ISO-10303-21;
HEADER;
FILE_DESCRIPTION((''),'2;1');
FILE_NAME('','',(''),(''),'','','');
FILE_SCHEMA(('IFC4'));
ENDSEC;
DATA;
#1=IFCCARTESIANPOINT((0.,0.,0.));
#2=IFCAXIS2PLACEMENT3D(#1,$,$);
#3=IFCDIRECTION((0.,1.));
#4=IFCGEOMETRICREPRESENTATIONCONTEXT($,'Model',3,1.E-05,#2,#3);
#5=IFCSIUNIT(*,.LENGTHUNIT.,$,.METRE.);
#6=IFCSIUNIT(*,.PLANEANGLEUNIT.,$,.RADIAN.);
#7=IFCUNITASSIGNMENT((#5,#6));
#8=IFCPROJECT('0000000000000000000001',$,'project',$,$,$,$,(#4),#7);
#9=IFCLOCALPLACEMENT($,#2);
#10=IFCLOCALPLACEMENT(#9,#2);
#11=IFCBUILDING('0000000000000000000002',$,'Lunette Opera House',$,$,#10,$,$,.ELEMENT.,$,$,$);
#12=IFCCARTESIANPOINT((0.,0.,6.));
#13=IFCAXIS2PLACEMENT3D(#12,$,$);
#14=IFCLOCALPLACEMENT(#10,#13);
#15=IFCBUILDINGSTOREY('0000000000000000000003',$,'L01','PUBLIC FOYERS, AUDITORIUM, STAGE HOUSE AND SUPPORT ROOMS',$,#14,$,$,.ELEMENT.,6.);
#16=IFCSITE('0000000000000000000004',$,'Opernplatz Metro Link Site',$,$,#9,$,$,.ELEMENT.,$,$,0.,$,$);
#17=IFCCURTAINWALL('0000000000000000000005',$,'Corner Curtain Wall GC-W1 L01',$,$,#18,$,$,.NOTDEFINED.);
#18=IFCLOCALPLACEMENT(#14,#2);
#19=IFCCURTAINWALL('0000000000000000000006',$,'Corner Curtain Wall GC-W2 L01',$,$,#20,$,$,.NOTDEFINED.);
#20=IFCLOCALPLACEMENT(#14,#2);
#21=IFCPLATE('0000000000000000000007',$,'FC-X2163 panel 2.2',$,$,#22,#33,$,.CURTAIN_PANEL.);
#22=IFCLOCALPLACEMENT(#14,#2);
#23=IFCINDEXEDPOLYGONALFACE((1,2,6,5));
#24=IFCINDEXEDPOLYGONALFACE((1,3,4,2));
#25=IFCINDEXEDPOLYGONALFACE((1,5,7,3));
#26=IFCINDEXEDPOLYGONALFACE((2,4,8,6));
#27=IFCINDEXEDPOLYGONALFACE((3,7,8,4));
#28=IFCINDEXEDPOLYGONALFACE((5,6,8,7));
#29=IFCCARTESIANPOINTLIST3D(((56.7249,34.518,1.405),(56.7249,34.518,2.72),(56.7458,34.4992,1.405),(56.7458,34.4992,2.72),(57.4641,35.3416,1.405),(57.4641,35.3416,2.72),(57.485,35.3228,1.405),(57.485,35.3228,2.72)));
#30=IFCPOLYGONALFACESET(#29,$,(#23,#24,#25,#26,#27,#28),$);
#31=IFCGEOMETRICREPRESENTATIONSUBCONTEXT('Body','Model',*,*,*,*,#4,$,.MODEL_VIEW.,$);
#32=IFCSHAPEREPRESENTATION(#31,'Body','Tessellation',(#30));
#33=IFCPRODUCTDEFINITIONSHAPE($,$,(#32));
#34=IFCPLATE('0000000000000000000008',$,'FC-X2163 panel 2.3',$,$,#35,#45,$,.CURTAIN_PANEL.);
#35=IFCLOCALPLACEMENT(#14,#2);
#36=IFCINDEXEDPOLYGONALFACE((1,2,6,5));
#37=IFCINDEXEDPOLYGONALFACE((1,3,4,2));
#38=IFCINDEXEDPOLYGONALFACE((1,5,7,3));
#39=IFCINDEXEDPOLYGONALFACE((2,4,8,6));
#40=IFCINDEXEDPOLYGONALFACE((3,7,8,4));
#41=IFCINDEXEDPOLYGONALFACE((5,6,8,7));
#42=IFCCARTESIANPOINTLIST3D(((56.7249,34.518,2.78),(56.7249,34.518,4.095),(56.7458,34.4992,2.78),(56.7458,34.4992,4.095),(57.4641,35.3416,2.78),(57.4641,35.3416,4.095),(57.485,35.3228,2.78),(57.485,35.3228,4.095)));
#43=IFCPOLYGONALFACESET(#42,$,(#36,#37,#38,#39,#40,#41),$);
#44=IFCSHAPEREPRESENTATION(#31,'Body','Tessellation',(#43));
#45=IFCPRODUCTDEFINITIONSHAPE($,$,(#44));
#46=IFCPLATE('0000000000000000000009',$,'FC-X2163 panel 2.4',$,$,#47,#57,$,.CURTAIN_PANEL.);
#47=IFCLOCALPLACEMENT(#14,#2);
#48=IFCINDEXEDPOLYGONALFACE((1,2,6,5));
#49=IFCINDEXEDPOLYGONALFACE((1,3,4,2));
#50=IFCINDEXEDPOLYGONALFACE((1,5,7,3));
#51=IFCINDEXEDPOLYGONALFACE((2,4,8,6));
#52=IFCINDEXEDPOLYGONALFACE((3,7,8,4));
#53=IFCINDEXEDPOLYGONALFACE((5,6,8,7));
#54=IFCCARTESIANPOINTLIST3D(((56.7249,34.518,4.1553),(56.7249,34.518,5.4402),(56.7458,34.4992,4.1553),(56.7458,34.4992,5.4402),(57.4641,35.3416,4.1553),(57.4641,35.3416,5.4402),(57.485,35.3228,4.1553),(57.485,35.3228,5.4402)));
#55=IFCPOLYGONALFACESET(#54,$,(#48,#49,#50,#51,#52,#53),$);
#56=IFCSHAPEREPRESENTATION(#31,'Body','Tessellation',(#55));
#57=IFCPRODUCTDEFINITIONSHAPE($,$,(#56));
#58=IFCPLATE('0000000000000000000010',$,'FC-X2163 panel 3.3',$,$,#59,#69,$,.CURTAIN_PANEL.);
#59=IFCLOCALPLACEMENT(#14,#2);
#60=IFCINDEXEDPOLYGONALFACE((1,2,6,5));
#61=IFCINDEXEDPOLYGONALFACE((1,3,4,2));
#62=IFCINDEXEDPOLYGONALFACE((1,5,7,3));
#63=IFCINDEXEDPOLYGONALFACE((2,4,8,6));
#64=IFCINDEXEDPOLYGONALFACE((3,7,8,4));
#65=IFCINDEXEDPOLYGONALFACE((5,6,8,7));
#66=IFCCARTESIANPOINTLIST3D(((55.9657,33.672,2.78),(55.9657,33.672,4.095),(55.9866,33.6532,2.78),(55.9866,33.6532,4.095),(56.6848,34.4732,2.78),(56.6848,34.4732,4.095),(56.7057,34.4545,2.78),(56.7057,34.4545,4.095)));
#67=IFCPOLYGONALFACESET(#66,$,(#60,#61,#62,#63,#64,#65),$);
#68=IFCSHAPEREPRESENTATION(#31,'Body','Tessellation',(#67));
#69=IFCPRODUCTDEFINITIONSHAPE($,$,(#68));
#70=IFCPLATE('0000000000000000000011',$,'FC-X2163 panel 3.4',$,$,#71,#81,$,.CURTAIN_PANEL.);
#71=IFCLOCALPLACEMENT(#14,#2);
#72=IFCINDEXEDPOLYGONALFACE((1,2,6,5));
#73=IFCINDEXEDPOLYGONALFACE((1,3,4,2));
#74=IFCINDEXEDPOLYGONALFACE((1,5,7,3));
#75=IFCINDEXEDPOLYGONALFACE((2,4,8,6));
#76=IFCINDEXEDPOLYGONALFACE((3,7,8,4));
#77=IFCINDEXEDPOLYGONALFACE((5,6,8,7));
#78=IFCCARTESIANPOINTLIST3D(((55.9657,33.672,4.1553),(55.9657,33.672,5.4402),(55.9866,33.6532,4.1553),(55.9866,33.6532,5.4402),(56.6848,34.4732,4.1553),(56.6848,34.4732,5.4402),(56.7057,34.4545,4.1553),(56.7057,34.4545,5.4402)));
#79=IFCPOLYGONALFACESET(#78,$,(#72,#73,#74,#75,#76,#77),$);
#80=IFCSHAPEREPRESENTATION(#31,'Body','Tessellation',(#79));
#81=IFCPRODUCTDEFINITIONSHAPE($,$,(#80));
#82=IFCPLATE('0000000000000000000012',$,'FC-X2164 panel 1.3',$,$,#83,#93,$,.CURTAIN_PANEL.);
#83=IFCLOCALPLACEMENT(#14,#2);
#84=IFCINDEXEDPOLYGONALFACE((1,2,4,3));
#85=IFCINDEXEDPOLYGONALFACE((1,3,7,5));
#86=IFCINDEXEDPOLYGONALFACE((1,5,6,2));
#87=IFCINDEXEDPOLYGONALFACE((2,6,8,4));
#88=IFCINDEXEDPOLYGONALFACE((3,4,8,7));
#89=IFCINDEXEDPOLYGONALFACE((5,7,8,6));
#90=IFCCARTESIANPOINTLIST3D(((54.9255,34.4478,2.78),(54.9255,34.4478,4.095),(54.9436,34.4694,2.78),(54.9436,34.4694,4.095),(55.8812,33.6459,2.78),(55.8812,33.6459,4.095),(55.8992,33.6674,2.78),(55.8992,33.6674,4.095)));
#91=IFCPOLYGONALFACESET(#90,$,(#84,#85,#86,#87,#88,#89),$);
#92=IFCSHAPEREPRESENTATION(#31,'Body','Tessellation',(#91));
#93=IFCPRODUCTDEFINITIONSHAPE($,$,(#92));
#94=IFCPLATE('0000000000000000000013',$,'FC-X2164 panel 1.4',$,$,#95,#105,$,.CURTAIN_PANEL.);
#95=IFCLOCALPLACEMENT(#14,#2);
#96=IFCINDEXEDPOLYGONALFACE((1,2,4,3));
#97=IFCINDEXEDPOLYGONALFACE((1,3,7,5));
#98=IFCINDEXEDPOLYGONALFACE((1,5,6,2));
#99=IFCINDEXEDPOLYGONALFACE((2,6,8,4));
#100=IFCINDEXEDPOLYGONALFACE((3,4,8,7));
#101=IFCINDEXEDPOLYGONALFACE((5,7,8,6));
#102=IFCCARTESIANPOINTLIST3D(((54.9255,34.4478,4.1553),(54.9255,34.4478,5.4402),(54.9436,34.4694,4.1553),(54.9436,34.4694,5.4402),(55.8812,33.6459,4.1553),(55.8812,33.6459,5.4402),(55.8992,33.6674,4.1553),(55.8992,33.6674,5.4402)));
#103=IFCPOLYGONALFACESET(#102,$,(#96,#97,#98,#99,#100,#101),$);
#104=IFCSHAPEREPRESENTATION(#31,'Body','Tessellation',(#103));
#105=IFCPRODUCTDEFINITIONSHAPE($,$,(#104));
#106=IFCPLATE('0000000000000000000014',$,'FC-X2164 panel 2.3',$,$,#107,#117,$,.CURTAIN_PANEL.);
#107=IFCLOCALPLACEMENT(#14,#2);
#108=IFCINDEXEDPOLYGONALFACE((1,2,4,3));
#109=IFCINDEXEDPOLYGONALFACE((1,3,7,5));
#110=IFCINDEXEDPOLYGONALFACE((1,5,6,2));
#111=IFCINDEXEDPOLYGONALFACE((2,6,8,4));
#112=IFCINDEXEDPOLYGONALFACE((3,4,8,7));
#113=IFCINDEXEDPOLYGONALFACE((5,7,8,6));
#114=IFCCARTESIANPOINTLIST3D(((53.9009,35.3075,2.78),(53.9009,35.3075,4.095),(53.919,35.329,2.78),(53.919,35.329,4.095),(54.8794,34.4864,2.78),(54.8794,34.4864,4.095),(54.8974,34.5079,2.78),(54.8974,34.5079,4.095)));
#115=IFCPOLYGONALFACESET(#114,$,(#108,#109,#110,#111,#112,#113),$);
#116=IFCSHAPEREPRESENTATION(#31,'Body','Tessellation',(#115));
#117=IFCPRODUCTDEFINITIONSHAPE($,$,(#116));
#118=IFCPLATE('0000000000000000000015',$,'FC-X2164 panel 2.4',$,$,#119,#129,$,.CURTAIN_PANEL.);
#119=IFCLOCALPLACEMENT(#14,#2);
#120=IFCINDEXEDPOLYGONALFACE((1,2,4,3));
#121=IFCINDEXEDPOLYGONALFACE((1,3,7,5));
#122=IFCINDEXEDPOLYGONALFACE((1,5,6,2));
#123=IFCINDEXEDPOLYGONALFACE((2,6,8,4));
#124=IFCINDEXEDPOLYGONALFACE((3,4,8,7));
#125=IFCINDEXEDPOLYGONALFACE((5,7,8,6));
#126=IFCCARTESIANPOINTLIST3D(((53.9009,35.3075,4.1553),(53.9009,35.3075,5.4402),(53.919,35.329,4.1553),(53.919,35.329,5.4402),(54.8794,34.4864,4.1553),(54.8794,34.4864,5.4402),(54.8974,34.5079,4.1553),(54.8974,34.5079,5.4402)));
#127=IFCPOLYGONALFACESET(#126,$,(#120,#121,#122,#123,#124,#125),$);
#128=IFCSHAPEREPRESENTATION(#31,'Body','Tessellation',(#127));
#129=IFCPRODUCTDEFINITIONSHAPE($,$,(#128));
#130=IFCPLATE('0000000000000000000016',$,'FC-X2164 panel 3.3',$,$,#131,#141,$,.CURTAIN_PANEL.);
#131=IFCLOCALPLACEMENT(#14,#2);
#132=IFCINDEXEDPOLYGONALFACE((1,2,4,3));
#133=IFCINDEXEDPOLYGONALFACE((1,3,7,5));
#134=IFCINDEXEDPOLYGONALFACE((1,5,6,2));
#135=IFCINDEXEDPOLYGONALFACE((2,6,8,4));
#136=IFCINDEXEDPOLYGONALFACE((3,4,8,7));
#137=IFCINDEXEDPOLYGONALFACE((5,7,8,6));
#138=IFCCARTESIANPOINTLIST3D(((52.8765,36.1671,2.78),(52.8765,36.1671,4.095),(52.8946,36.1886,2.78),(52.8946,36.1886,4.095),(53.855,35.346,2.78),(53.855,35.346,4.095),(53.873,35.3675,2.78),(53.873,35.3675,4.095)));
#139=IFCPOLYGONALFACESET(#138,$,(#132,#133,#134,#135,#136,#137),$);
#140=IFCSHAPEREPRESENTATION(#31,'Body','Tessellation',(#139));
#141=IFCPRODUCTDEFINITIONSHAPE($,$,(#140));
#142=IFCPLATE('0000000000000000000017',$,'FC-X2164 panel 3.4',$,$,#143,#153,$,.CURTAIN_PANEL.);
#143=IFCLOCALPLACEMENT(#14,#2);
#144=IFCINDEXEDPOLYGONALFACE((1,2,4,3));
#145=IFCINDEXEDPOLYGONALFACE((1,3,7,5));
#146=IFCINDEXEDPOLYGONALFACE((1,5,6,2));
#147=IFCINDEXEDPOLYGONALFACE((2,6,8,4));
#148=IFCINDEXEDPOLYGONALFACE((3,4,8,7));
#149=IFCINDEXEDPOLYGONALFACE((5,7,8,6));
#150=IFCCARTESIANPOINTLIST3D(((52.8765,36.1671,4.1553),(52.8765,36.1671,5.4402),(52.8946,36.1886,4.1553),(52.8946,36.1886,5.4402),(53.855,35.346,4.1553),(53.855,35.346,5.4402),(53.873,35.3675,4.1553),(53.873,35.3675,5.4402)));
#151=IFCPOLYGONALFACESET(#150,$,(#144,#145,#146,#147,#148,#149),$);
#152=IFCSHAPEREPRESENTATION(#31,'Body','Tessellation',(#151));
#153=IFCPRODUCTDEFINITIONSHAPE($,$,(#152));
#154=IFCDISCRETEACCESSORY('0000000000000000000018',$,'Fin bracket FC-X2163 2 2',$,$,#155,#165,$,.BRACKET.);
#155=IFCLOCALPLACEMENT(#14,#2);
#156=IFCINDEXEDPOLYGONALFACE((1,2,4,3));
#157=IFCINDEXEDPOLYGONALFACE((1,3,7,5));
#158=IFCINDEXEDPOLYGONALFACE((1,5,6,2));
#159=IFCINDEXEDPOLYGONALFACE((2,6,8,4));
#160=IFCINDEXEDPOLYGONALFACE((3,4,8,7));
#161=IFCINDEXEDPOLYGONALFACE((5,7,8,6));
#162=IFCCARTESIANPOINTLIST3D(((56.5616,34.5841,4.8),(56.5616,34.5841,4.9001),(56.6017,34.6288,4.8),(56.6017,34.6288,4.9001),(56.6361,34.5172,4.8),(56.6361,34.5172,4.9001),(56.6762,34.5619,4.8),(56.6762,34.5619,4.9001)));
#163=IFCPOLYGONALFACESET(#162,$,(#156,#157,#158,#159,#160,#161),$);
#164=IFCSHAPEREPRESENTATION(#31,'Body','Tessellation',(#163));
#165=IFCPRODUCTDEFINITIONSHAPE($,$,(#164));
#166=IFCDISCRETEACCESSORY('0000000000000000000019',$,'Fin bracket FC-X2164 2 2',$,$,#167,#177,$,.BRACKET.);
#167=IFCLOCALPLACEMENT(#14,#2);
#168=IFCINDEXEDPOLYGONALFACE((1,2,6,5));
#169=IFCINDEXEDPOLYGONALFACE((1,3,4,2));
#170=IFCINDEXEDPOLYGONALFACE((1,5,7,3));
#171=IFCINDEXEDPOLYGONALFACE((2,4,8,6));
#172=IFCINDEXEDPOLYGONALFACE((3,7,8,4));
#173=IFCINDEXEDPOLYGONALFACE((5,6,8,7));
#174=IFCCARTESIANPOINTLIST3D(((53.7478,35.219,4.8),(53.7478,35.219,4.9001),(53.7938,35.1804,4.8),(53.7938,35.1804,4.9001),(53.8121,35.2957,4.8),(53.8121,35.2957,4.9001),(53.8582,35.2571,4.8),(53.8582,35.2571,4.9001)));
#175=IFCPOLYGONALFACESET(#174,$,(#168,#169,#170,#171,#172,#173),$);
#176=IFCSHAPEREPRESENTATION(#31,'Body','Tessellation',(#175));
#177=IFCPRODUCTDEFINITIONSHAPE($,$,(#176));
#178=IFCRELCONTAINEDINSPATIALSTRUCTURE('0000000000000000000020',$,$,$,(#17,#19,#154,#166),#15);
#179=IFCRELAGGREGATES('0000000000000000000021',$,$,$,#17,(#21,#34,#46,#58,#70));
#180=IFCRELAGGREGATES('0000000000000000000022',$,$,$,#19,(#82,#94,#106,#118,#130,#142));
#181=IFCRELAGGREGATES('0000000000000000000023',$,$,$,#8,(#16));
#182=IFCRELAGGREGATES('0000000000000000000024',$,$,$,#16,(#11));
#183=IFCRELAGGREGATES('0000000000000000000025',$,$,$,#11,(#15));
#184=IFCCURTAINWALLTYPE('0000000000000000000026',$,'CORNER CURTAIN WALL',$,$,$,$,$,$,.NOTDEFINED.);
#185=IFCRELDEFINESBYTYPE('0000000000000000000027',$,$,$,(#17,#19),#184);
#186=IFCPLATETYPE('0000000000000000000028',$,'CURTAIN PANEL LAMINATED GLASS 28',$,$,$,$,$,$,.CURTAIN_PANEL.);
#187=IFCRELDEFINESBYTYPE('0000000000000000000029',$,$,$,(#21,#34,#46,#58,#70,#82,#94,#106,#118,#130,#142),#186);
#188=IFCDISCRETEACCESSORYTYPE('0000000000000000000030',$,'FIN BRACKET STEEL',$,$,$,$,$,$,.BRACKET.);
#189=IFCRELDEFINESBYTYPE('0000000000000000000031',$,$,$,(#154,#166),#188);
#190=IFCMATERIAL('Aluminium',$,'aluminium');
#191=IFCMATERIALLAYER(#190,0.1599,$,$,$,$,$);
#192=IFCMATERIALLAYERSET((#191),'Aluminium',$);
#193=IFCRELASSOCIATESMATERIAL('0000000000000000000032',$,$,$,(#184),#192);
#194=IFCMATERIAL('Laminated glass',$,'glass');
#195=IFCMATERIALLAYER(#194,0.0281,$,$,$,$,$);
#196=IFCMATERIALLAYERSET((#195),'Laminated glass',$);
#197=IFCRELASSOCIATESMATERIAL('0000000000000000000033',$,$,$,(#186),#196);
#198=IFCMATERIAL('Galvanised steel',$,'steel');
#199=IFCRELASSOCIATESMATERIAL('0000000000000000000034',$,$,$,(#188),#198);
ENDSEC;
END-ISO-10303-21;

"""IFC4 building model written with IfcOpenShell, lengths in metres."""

from ifc_helpers import new_model, si_unit, direction, frame, origin, origin_2d, place, context, subcontext, project, spatial, rectangle, extrude, material, layer, layer_set, type_object, element, aggregate, save


model = new_model("IFC4")

# Units and contexts
model_context = context("Model", 3, precision=1e-05, world=origin(), true_north=direction((0.0, 1.0)))
body_context = subcontext(model_context, "Body", "Model", "MODEL_VIEW")
ifc_project = project(units=[si_unit("LENGTHUNIT", "METRE"), si_unit("PLANEANGLEUNIT", "RADIAN")], contexts=[model_context])

# Site, building, storey
site_placement = place(None, origin())
site = spatial("IfcSite", under=ifc_project, at=site_placement, Name="Opernplatz Metro Link Site", CompositionType="ELEMENT", RefElevation=0.0)
building_placement = place(site_placement, origin())
building = spatial("IfcBuilding", under=site, at=building_placement, Name="Lunette Opera House", CompositionType="ELEMENT")
storey_placement = place(building_placement, frame((0.0, 0.0, 6.0)))
storey = spatial("IfcBuildingStorey", under=building, at=storey_placement, Name="L01", Description="PUBLIC FOYERS, AUDITORIUM, STAGE HOUSE AND SUPPORT ROOMS", CompositionType="ELEMENT", Elevation=6.0)

# Curtain walls
ifc_material_1 = material(Name="Aluminium", Category="aluminium")
ifc_layer_1 = layer(ifc_material_1, 0.1599)
ifc_layer_set_1 = layer_set([ifc_layer_1], Name="Aluminium")
curtain_wall_type = type_object("IfcCurtainWallType", Name="CORNER CURTAIN WALL", PredefinedType="NOTDEFINED", material=ifc_layer_set_1)
curtain_wall_1_placement = place(storey_placement, origin())
curtain_wall_1 = element("IfcCurtainWall", 1, at=curtain_wall_1_placement, inside=storey, type_object=curtain_wall_type, Name="Corner Curtain Wall GC-W1 L01", PredefinedType="NOTDEFINED")
curtain_wall_2_placement = place(storey_placement, origin())
curtain_wall_2 = element("IfcCurtainWall", 2, at=curtain_wall_2_placement, inside=storey, type_object=curtain_wall_type, Name="Corner Curtain Wall GC-W2 L01", PredefinedType="NOTDEFINED")

# Plates
ifc_material_2 = material(Name="Laminated glass", Category="glass")
ifc_layer_2 = layer(ifc_material_2, 0.0281)
ifc_layer_set_2 = layer_set([ifc_layer_2], Name="Laminated glass")
plate_type = type_object("IfcPlateType", Name="CURTAIN PANEL LAMINATED GLASS 28", PredefinedType="CURTAIN_PANEL", material=ifc_layer_set_2)
plate_1_placement = place(storey_placement, frame((57.105, 34.9204, 1.405), z_axis=(0.0, 0.0, 1.0), x_axis=(-0.667938, -0.744217, 0.0)))
plate_1 = element("IfcPlate", 3, at=plate_1_placement, type_object=plate_type, Name="FC-X2163 panel 2.2", PredefinedType="CURTAIN_PANEL", context=body_context, shape_type="SweptSolid", body=[
    extrude(rectangle(XDim=1.1067, YDim=0.0281, at=origin_2d()), origin(), (0.0, 0.0, 1.0), 1.3149),
])
plate_2_placement = place(storey_placement, frame((57.105, 34.9204, 2.78), z_axis=(0.0, 0.0, 1.0), x_axis=(-0.667938, -0.744217, 0.0)))
plate_2 = element("IfcPlate", 4, at=plate_2_placement, type_object=plate_type, Name="FC-X2163 panel 2.3", PredefinedType="CURTAIN_PANEL", context=body_context, shape_type="SweptSolid", body=[
    extrude(rectangle(XDim=1.1067, YDim=0.0281, at=origin_2d()), origin(), (0.0, 0.0, 1.0), 1.3149),
])
plate_3_placement = place(storey_placement, frame((57.105, 34.9204, 4.1553), z_axis=(0.0, 0.0, 1.0), x_axis=(-0.667938, -0.744217, 0.0)))
plate_3 = element("IfcPlate", 5, at=plate_3_placement, type_object=plate_type, Name="FC-X2163 panel 2.4", PredefinedType="CURTAIN_PANEL", context=body_context, shape_type="SweptSolid", body=[
    extrude(rectangle(XDim=1.1067, YDim=0.0281, at=origin_2d()), origin(), (0.0, 0.0, 1.0), 1.2849),
])
plate_4_placement = place(storey_placement, frame((56.3357, 34.0632, 2.78), z_axis=(0.0, 0.0, 1.0), x_axis=(-0.667938, -0.744217, 0.0)))
plate_4 = element("IfcPlate", 6, at=plate_4_placement, type_object=plate_type, Name="FC-X2163 panel 3.3", PredefinedType="CURTAIN_PANEL", context=body_context, shape_type="SweptSolid", body=[
    extrude(rectangle(XDim=1.0767, YDim=0.0281, at=origin_2d()), origin(), (0.0, 0.0, 1.0), 1.3149),
])
plate_5_placement = place(storey_placement, frame((56.3357, 34.0632, 4.1553), z_axis=(0.0, 0.0, 1.0), x_axis=(-0.667938, -0.744217, 0.0)))
plate_5 = element("IfcPlate", 7, at=plate_5_placement, type_object=plate_type, Name="FC-X2163 panel 3.4", PredefinedType="CURTAIN_PANEL", context=body_context, shape_type="SweptSolid", body=[
    extrude(rectangle(XDim=1.0767, YDim=0.0281, at=origin_2d()), origin(), (0.0, 0.0, 1.0), 1.2849),
])
aggregate(curtain_wall_1, [plate_1, plate_2, plate_3, plate_4, plate_5])
plate_6_placement = place(storey_placement, frame((55.4124, 34.0576, 2.78), z_axis=(0.0, 0.0, 1.0), x_axis=(-0.76601, 0.642828, 0.0)))
plate_6 = element("IfcPlate", 8, at=plate_6_placement, type_object=plate_type, Name="FC-X2164 panel 1.3", PredefinedType="CURTAIN_PANEL", context=body_context, shape_type="SweptSolid", body=[
    extrude(rectangle(XDim=1.2476, YDim=0.0281, at=origin_2d()), origin(), (0.0, 0.0, 1.0), 1.3149),
])
plate_7_placement = place(storey_placement, frame((55.4124, 34.0576, 4.1553), z_axis=(0.0, 0.0, 1.0), x_axis=(-0.76601, 0.642828, 0.0)))
plate_7 = element("IfcPlate", 9, at=plate_7_placement, type_object=plate_type, Name="FC-X2164 panel 1.4", PredefinedType="CURTAIN_PANEL", context=body_context, shape_type="SweptSolid", body=[
    extrude(rectangle(XDim=1.2476, YDim=0.0281, at=origin_2d()), origin(), (0.0, 0.0, 1.0), 1.2849),
])
plate_8_placement = place(storey_placement, frame((54.3992, 34.9077, 2.78), z_axis=(0.0, 0.0, 1.0), x_axis=(-0.76601, 0.642828, 0.0)))
plate_8 = element("IfcPlate", 10, at=plate_8_placement, type_object=plate_type, Name="FC-X2164 panel 2.3", PredefinedType="CURTAIN_PANEL", context=body_context, shape_type="SweptSolid", body=[
    extrude(rectangle(XDim=1.2773, YDim=0.0281, at=origin_2d()), origin(), (0.0, 0.0, 1.0), 1.3149),
])
plate_9_placement = place(storey_placement, frame((54.3992, 34.9077, 4.1553), z_axis=(0.0, 0.0, 1.0), x_axis=(-0.76601, 0.642828, 0.0)))
plate_9 = element("IfcPlate", 11, at=plate_9_placement, type_object=plate_type, Name="FC-X2164 panel 2.4", PredefinedType="CURTAIN_PANEL", context=body_context, shape_type="SweptSolid", body=[
    extrude(rectangle(XDim=1.2773, YDim=0.0281, at=origin_2d()), origin(), (0.0, 0.0, 1.0), 1.2849),
])
plate_10_placement = place(storey_placement, frame((53.3748, 35.7673, 2.78), z_axis=(0.0, 0.0, 1.0), x_axis=(-0.76601, 0.642828, 0.0)))
plate_10 = element("IfcPlate", 12, at=plate_10_placement, type_object=plate_type, Name="FC-X2164 panel 3.3", PredefinedType="CURTAIN_PANEL", context=body_context, shape_type="SweptSolid", body=[
    extrude(rectangle(XDim=1.2773, YDim=0.0281, at=origin_2d()), origin(), (0.0, 0.0, 1.0), 1.3149),
])
plate_11_placement = place(storey_placement, frame((53.3748, 35.7673, 4.1553), z_axis=(0.0, 0.0, 1.0), x_axis=(-0.76601, 0.642828, 0.0)))
plate_11 = element("IfcPlate", 13, at=plate_11_placement, type_object=plate_type, Name="FC-X2164 panel 3.4", PredefinedType="CURTAIN_PANEL", context=body_context, shape_type="SweptSolid", body=[
    extrude(rectangle(XDim=1.2773, YDim=0.0281, at=origin_2d()), origin(), (0.0, 0.0, 1.0), 1.2849),
])
aggregate(curtain_wall_2, [plate_6, plate_7, plate_8, plate_9, plate_10, plate_11])

# Discrete accessories
ifc_material_3 = material(Name="Galvanised steel", Category="steel")
discrete_accessory_type = type_object("IfcDiscreteAccessoryType", Name="FIN BRACKET STEEL", PredefinedType="BRACKET", material=ifc_material_3)
for number, where, z_axis, x_axis, name in (
    (14, (56.6189, 34.573, 4.8), (0.0, 0.0, 1.0), (-0.744217, 0.667938, 0.0), "Fin bracket FC-X2163 2 2"),
    (15, (53.803, 35.238, 4.8), (0.0, 0.0, 1.0), (-0.642828, -0.766011, 0.0), "Fin bracket FC-X2164 2 2"),
):
    element("IfcDiscreteAccessory", number, at=place(storey_placement, frame(where, z_axis=z_axis, x_axis=x_axis)), inside=storey, type_object=discrete_accessory_type, Name=name, PredefinedType="BRACKET", context=body_context, shape_type="SweptSolid", body=[
        extrude(rectangle(XDim=0.1001, YDim=0.0601, at=origin_2d()), origin(), (0.0, 0.0, 1.0), 0.1001),
    ])

save(model, "model.ifc")
